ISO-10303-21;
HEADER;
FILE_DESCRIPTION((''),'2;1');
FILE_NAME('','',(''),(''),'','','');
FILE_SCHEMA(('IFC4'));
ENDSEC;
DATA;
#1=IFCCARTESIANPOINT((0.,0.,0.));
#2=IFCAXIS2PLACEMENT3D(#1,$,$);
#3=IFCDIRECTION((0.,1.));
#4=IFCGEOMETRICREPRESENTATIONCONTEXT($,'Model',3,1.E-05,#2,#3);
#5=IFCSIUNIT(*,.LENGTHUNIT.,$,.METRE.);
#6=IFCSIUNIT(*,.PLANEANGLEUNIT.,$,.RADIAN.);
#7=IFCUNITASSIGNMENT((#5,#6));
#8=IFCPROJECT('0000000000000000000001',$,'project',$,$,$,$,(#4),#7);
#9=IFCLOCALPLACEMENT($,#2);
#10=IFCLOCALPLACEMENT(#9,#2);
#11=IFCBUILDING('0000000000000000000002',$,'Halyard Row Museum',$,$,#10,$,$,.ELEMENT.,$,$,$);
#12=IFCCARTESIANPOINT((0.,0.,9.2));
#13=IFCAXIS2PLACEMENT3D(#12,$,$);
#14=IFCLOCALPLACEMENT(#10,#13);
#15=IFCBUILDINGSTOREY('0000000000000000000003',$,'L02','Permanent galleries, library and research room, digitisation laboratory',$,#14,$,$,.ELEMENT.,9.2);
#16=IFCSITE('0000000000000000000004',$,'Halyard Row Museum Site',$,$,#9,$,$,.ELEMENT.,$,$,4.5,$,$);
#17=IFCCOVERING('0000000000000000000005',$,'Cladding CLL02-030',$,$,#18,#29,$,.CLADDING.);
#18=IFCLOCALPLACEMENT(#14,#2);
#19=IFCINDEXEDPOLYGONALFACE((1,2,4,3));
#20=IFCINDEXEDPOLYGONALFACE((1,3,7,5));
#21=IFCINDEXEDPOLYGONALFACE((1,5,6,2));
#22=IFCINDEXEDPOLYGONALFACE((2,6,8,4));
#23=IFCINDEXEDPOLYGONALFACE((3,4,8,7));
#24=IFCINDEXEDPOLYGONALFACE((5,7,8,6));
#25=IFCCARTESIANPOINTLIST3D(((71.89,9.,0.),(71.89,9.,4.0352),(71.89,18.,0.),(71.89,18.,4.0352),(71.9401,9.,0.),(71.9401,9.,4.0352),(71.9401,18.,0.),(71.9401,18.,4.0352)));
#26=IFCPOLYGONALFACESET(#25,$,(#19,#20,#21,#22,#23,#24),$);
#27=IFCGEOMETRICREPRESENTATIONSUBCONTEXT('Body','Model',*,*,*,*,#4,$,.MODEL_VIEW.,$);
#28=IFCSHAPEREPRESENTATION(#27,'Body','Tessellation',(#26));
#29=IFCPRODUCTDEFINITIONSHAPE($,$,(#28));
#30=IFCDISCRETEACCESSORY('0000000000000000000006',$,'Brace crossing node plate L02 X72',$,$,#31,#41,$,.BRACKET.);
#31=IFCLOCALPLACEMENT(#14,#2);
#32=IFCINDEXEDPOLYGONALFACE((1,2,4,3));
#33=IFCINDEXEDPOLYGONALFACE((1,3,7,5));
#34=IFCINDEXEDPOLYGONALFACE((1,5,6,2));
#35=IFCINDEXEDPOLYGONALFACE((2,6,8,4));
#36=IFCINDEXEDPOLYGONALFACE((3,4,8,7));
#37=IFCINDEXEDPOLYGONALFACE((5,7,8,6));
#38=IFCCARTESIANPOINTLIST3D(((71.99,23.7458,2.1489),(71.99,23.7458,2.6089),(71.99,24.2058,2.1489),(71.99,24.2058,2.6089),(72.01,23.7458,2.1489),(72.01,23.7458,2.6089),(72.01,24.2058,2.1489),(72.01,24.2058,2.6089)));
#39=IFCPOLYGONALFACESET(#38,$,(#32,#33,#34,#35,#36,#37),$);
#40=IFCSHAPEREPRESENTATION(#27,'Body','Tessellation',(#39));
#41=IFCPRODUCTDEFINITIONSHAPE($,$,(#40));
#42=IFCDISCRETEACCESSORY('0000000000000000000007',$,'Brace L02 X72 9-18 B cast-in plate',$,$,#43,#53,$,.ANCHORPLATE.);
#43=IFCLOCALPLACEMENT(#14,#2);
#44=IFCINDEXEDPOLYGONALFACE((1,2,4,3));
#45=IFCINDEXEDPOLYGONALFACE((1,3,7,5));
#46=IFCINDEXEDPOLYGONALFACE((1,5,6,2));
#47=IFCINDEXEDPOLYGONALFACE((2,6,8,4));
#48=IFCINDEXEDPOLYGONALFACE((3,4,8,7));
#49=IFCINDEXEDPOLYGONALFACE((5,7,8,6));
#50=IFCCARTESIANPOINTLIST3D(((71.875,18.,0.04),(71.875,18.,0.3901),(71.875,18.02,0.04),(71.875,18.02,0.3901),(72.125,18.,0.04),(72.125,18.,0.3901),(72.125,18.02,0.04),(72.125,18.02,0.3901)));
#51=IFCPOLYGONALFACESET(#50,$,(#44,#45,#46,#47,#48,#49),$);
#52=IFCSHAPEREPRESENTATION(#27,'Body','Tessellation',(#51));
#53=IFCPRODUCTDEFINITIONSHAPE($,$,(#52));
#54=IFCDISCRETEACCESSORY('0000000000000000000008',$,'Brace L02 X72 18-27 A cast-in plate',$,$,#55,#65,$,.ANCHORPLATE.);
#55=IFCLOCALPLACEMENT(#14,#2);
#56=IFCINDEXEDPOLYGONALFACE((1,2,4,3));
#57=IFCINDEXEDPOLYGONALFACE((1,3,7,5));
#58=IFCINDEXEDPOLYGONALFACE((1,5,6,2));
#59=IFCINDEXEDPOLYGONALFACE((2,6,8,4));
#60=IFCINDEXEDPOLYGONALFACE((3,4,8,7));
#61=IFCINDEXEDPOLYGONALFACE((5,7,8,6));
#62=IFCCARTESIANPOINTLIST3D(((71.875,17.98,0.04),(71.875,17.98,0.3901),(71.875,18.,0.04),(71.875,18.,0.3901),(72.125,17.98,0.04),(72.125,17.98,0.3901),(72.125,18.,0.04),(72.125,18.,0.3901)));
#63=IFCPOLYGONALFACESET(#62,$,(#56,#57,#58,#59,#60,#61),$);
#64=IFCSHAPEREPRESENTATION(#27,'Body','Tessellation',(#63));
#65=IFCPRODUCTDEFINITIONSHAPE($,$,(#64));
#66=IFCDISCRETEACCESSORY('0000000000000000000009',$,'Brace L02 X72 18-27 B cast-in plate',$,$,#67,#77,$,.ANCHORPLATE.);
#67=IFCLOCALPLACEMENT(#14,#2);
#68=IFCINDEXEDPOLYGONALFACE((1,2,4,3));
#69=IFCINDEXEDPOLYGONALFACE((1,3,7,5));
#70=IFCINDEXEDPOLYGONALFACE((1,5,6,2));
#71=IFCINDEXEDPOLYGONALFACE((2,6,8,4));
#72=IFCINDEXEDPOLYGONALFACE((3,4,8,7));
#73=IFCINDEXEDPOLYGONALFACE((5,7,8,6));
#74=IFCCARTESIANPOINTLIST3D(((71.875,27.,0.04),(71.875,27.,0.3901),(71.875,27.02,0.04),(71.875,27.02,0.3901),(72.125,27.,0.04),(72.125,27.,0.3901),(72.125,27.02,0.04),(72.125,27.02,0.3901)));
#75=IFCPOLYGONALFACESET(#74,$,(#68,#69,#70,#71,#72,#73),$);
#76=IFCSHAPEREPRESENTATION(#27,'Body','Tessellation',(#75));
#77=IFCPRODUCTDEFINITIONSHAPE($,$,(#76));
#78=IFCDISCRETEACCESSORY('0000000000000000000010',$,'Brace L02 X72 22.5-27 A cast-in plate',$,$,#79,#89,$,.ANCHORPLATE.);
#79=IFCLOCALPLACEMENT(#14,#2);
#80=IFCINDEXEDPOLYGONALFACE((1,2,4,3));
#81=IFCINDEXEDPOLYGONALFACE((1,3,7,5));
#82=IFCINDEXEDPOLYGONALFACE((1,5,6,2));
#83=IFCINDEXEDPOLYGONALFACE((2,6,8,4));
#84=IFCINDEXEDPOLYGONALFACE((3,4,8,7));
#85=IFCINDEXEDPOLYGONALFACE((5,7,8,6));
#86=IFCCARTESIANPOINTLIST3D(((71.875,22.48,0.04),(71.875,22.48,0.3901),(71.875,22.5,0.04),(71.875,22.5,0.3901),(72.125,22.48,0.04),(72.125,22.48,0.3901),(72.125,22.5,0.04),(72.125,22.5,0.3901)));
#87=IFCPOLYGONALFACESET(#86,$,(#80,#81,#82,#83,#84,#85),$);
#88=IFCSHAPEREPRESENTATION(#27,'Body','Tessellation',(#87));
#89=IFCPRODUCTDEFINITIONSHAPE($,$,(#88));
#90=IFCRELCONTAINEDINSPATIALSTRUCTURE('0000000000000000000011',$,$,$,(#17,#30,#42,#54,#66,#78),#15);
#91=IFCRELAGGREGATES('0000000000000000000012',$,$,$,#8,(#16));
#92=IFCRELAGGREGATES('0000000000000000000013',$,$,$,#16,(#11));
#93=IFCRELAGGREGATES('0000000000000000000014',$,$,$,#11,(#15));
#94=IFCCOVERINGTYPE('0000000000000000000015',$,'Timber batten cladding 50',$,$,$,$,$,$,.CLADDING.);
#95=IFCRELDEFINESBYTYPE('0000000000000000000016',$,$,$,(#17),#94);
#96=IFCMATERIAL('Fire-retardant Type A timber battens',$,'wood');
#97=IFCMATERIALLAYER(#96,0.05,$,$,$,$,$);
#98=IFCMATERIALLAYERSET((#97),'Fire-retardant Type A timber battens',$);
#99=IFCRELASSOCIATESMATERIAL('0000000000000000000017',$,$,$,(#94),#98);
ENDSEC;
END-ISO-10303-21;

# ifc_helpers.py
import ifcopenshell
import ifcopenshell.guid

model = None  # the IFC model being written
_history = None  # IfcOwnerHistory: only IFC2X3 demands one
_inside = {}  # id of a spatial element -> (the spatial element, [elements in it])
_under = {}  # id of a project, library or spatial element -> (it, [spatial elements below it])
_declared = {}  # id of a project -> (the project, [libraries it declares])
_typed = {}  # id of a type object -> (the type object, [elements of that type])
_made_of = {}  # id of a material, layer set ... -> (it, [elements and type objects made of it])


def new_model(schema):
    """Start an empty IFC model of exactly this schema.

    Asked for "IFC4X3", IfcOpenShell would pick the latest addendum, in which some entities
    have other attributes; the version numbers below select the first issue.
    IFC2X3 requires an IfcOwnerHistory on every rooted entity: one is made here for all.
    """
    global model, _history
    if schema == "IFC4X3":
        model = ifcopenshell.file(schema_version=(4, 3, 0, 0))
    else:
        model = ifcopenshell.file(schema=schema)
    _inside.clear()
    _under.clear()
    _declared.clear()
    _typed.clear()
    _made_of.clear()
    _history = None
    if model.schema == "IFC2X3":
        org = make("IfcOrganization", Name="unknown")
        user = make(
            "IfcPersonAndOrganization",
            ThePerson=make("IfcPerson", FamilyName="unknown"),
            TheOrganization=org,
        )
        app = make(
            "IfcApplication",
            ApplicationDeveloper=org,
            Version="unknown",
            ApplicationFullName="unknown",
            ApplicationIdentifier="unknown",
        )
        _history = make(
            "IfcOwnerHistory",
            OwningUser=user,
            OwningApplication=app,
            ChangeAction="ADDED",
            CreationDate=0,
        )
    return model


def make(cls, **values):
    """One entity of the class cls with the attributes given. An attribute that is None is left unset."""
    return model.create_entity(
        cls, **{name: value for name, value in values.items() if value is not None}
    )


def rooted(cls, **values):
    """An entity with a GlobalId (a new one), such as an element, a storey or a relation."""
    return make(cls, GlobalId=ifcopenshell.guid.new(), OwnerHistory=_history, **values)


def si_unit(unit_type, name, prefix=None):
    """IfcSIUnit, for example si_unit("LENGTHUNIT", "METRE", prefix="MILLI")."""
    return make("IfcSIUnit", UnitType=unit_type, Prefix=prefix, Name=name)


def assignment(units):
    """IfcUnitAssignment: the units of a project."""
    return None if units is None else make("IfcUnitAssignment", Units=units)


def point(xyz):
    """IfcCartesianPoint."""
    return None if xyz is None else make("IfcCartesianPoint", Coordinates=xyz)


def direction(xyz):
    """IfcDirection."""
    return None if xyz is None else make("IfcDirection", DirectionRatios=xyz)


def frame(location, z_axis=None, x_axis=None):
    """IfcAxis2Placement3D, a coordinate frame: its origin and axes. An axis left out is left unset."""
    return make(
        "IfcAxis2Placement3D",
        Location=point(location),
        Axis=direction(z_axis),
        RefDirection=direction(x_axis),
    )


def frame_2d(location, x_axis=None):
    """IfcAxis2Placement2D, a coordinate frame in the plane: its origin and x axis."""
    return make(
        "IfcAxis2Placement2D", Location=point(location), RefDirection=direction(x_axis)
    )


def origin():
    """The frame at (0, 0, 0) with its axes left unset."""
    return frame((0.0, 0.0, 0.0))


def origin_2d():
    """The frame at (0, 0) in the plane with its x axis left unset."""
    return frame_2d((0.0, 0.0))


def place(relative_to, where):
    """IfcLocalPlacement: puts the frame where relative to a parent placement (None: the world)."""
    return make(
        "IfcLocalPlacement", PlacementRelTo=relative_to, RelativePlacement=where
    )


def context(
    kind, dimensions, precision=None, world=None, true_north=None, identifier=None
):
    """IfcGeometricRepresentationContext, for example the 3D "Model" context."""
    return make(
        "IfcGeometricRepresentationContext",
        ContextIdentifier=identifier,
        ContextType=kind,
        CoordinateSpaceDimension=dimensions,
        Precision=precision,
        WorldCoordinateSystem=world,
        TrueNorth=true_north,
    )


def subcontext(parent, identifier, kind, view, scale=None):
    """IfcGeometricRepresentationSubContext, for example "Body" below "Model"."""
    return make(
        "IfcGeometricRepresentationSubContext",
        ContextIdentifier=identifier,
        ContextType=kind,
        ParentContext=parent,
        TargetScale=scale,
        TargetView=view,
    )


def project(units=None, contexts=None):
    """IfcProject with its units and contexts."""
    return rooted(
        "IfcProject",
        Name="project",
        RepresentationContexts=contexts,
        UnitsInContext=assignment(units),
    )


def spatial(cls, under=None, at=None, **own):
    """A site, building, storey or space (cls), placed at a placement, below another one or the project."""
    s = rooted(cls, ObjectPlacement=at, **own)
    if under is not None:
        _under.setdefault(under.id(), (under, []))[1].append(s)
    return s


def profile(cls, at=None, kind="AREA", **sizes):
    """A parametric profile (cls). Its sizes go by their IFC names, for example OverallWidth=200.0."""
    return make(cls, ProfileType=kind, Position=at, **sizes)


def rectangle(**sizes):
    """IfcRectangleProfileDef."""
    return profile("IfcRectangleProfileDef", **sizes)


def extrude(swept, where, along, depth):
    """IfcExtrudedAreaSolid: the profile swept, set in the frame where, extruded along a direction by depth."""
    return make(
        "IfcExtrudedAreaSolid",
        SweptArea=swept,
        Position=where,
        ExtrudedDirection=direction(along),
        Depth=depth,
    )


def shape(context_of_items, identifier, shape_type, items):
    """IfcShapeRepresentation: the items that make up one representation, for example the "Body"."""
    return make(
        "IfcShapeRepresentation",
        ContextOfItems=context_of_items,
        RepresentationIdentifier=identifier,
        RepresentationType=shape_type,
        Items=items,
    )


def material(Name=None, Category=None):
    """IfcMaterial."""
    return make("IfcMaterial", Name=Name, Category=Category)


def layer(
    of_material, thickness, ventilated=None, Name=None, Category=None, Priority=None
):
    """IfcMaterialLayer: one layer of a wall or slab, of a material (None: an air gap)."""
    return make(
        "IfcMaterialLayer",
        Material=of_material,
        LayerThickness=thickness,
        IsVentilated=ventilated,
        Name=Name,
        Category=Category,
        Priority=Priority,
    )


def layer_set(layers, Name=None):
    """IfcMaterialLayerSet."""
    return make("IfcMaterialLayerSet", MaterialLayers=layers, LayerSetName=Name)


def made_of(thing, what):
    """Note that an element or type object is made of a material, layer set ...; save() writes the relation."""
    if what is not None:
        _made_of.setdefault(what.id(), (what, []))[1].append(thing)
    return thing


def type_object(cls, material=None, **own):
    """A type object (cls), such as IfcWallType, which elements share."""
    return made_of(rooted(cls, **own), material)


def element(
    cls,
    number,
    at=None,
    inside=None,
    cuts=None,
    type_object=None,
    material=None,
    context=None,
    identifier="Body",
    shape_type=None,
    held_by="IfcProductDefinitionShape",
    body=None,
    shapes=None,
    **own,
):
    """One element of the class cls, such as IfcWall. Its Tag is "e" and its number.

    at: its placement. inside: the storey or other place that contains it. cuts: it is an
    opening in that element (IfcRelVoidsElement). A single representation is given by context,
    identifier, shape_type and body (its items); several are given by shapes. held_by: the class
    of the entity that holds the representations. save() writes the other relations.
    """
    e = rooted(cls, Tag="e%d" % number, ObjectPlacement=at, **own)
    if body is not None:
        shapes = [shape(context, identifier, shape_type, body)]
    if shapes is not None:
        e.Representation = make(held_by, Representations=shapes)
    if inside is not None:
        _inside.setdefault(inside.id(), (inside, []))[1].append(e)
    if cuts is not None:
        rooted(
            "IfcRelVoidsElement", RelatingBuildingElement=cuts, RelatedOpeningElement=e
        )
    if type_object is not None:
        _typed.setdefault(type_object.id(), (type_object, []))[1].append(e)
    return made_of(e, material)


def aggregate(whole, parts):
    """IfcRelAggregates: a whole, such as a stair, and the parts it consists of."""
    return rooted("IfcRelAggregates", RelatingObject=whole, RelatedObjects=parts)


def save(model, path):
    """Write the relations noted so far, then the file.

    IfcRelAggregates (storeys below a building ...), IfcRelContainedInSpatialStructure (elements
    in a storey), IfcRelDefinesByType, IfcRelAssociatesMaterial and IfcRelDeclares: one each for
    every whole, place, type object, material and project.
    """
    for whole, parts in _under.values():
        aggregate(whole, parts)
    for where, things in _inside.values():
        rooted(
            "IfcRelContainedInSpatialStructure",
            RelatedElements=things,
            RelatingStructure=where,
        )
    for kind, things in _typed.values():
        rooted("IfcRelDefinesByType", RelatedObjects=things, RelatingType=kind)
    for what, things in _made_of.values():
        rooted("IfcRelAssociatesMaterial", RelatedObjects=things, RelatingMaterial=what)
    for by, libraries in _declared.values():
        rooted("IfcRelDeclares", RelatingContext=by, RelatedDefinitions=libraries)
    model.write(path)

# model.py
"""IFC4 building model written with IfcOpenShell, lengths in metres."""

from ifc_helpers import new_model, si_unit, direction, frame, frame_2d, origin, origin_2d, place, context, subcontext, project, spatial, rectangle, extrude, material, layer, layer_set, type_object, element, save


model = new_model("IFC4")

# Units and contexts
model_context = context("Model", 3, precision=1e-05, world=origin(), true_north=direction((0.0, 1.0)))
body_context = subcontext(model_context, "Body", "Model", "MODEL_VIEW")
ifc_project = project(units=[si_unit("LENGTHUNIT", "METRE"), si_unit("PLANEANGLEUNIT", "RADIAN")], contexts=[model_context])

# Site, building, storey
site_placement = place(None, origin())
site = spatial("IfcSite", under=ifc_project, at=site_placement, Name="Halyard Row Museum Site", CompositionType="ELEMENT", RefElevation=4.5)
building_placement = place(site_placement, origin())
building = spatial("IfcBuilding", under=site, at=building_placement, Name="Halyard Row Museum", CompositionType="ELEMENT")
storey_placement = place(building_placement, frame((0.0, 0.0, 9.2)))
storey = spatial("IfcBuildingStorey", under=building, at=storey_placement, Name="L02", Description="Permanent galleries, library and research room, digitisation laboratory", CompositionType="ELEMENT", Elevation=9.2)

# Covering
ifc_material_1 = material(Name="Fire-retardant Type A timber battens", Category="wood")
ifc_layer_1 = layer(ifc_material_1, 0.05)
ifc_layer_set_1 = layer_set([ifc_layer_1], Name="Fire-retardant Type A timber battens")
covering_type = type_object("IfcCoveringType", Name="Timber batten cladding 50", PredefinedType="CLADDING", material=ifc_layer_set_1)
covering_placement = place(storey_placement, frame((71.915, 18.0, 0.0), z_axis=(0.0, 0.0, 1.0), x_axis=(0.0, -1.0, 0.0)))
element("IfcCovering", 1, at=covering_placement, inside=storey, type_object=covering_type, Name="Cladding CLL02-030", PredefinedType="CLADDING", context=body_context, shape_type="SweptSolid", body=[
    extrude(rectangle(XDim=9.0, YDim=0.05, at=frame_2d((4.5, 0.0))), origin(), (0.0, 0.0, 1.0), 4.0352),
])

# Discrete accessories
discrete_accessory_placement = place(storey_placement, frame((72.0, 23.9758, 2.1489), z_axis=(0.0, 0.0, 1.0), x_axis=(1.0, 0.0, 0.0)))
element("IfcDiscreteAccessory", 2, at=discrete_accessory_placement, inside=storey, Name="Brace crossing node plate L02 X72", PredefinedType="BRACKET", context=body_context, shape_type="SweptSolid", body=[
    extrude(rectangle(XDim=0.02, YDim=0.46, at=origin_2d()), origin(), (0.0, 0.0, 1.0), 0.46),
])
for number, where, z_axis, x_axis, name in (
    (3, (72.0, 18.0, 0.2151), (0.0, 1.0, 0.0), (-1.0, 0.0, 0.0), "Brace L02 X72 9-18 B cast-in plate"),
    (4, (72.0, 18.0, 0.2151), (0.0, -1.0, 0.0), (1.0, 0.0, 0.0), "Brace L02 X72 18-27 A cast-in plate"),
    (5, (72.0, 27.0, 0.2151), (0.0, 1.0, 0.0), (-1.0, 0.0, 0.0), "Brace L02 X72 18-27 B cast-in plate"),
    (6, (72.0, 22.5, 0.2151), (0.0, -1.0, 0.0), (1.0, 0.0, 0.0), "Brace L02 X72 22.5-27 A cast-in plate"),
):
    element("IfcDiscreteAccessory", number, at=place(storey_placement, frame(where, z_axis=z_axis, x_axis=x_axis)), inside=storey, Name=name, PredefinedType="ANCHORPLATE", context=body_context, shape_type="SweptSolid", body=[
        extrude(rectangle(XDim=0.25, YDim=0.3501, at=origin_2d()), origin(), (0.0, 0.0, 1.0), 0.02),
    ])

save(model, "model.ifc")
